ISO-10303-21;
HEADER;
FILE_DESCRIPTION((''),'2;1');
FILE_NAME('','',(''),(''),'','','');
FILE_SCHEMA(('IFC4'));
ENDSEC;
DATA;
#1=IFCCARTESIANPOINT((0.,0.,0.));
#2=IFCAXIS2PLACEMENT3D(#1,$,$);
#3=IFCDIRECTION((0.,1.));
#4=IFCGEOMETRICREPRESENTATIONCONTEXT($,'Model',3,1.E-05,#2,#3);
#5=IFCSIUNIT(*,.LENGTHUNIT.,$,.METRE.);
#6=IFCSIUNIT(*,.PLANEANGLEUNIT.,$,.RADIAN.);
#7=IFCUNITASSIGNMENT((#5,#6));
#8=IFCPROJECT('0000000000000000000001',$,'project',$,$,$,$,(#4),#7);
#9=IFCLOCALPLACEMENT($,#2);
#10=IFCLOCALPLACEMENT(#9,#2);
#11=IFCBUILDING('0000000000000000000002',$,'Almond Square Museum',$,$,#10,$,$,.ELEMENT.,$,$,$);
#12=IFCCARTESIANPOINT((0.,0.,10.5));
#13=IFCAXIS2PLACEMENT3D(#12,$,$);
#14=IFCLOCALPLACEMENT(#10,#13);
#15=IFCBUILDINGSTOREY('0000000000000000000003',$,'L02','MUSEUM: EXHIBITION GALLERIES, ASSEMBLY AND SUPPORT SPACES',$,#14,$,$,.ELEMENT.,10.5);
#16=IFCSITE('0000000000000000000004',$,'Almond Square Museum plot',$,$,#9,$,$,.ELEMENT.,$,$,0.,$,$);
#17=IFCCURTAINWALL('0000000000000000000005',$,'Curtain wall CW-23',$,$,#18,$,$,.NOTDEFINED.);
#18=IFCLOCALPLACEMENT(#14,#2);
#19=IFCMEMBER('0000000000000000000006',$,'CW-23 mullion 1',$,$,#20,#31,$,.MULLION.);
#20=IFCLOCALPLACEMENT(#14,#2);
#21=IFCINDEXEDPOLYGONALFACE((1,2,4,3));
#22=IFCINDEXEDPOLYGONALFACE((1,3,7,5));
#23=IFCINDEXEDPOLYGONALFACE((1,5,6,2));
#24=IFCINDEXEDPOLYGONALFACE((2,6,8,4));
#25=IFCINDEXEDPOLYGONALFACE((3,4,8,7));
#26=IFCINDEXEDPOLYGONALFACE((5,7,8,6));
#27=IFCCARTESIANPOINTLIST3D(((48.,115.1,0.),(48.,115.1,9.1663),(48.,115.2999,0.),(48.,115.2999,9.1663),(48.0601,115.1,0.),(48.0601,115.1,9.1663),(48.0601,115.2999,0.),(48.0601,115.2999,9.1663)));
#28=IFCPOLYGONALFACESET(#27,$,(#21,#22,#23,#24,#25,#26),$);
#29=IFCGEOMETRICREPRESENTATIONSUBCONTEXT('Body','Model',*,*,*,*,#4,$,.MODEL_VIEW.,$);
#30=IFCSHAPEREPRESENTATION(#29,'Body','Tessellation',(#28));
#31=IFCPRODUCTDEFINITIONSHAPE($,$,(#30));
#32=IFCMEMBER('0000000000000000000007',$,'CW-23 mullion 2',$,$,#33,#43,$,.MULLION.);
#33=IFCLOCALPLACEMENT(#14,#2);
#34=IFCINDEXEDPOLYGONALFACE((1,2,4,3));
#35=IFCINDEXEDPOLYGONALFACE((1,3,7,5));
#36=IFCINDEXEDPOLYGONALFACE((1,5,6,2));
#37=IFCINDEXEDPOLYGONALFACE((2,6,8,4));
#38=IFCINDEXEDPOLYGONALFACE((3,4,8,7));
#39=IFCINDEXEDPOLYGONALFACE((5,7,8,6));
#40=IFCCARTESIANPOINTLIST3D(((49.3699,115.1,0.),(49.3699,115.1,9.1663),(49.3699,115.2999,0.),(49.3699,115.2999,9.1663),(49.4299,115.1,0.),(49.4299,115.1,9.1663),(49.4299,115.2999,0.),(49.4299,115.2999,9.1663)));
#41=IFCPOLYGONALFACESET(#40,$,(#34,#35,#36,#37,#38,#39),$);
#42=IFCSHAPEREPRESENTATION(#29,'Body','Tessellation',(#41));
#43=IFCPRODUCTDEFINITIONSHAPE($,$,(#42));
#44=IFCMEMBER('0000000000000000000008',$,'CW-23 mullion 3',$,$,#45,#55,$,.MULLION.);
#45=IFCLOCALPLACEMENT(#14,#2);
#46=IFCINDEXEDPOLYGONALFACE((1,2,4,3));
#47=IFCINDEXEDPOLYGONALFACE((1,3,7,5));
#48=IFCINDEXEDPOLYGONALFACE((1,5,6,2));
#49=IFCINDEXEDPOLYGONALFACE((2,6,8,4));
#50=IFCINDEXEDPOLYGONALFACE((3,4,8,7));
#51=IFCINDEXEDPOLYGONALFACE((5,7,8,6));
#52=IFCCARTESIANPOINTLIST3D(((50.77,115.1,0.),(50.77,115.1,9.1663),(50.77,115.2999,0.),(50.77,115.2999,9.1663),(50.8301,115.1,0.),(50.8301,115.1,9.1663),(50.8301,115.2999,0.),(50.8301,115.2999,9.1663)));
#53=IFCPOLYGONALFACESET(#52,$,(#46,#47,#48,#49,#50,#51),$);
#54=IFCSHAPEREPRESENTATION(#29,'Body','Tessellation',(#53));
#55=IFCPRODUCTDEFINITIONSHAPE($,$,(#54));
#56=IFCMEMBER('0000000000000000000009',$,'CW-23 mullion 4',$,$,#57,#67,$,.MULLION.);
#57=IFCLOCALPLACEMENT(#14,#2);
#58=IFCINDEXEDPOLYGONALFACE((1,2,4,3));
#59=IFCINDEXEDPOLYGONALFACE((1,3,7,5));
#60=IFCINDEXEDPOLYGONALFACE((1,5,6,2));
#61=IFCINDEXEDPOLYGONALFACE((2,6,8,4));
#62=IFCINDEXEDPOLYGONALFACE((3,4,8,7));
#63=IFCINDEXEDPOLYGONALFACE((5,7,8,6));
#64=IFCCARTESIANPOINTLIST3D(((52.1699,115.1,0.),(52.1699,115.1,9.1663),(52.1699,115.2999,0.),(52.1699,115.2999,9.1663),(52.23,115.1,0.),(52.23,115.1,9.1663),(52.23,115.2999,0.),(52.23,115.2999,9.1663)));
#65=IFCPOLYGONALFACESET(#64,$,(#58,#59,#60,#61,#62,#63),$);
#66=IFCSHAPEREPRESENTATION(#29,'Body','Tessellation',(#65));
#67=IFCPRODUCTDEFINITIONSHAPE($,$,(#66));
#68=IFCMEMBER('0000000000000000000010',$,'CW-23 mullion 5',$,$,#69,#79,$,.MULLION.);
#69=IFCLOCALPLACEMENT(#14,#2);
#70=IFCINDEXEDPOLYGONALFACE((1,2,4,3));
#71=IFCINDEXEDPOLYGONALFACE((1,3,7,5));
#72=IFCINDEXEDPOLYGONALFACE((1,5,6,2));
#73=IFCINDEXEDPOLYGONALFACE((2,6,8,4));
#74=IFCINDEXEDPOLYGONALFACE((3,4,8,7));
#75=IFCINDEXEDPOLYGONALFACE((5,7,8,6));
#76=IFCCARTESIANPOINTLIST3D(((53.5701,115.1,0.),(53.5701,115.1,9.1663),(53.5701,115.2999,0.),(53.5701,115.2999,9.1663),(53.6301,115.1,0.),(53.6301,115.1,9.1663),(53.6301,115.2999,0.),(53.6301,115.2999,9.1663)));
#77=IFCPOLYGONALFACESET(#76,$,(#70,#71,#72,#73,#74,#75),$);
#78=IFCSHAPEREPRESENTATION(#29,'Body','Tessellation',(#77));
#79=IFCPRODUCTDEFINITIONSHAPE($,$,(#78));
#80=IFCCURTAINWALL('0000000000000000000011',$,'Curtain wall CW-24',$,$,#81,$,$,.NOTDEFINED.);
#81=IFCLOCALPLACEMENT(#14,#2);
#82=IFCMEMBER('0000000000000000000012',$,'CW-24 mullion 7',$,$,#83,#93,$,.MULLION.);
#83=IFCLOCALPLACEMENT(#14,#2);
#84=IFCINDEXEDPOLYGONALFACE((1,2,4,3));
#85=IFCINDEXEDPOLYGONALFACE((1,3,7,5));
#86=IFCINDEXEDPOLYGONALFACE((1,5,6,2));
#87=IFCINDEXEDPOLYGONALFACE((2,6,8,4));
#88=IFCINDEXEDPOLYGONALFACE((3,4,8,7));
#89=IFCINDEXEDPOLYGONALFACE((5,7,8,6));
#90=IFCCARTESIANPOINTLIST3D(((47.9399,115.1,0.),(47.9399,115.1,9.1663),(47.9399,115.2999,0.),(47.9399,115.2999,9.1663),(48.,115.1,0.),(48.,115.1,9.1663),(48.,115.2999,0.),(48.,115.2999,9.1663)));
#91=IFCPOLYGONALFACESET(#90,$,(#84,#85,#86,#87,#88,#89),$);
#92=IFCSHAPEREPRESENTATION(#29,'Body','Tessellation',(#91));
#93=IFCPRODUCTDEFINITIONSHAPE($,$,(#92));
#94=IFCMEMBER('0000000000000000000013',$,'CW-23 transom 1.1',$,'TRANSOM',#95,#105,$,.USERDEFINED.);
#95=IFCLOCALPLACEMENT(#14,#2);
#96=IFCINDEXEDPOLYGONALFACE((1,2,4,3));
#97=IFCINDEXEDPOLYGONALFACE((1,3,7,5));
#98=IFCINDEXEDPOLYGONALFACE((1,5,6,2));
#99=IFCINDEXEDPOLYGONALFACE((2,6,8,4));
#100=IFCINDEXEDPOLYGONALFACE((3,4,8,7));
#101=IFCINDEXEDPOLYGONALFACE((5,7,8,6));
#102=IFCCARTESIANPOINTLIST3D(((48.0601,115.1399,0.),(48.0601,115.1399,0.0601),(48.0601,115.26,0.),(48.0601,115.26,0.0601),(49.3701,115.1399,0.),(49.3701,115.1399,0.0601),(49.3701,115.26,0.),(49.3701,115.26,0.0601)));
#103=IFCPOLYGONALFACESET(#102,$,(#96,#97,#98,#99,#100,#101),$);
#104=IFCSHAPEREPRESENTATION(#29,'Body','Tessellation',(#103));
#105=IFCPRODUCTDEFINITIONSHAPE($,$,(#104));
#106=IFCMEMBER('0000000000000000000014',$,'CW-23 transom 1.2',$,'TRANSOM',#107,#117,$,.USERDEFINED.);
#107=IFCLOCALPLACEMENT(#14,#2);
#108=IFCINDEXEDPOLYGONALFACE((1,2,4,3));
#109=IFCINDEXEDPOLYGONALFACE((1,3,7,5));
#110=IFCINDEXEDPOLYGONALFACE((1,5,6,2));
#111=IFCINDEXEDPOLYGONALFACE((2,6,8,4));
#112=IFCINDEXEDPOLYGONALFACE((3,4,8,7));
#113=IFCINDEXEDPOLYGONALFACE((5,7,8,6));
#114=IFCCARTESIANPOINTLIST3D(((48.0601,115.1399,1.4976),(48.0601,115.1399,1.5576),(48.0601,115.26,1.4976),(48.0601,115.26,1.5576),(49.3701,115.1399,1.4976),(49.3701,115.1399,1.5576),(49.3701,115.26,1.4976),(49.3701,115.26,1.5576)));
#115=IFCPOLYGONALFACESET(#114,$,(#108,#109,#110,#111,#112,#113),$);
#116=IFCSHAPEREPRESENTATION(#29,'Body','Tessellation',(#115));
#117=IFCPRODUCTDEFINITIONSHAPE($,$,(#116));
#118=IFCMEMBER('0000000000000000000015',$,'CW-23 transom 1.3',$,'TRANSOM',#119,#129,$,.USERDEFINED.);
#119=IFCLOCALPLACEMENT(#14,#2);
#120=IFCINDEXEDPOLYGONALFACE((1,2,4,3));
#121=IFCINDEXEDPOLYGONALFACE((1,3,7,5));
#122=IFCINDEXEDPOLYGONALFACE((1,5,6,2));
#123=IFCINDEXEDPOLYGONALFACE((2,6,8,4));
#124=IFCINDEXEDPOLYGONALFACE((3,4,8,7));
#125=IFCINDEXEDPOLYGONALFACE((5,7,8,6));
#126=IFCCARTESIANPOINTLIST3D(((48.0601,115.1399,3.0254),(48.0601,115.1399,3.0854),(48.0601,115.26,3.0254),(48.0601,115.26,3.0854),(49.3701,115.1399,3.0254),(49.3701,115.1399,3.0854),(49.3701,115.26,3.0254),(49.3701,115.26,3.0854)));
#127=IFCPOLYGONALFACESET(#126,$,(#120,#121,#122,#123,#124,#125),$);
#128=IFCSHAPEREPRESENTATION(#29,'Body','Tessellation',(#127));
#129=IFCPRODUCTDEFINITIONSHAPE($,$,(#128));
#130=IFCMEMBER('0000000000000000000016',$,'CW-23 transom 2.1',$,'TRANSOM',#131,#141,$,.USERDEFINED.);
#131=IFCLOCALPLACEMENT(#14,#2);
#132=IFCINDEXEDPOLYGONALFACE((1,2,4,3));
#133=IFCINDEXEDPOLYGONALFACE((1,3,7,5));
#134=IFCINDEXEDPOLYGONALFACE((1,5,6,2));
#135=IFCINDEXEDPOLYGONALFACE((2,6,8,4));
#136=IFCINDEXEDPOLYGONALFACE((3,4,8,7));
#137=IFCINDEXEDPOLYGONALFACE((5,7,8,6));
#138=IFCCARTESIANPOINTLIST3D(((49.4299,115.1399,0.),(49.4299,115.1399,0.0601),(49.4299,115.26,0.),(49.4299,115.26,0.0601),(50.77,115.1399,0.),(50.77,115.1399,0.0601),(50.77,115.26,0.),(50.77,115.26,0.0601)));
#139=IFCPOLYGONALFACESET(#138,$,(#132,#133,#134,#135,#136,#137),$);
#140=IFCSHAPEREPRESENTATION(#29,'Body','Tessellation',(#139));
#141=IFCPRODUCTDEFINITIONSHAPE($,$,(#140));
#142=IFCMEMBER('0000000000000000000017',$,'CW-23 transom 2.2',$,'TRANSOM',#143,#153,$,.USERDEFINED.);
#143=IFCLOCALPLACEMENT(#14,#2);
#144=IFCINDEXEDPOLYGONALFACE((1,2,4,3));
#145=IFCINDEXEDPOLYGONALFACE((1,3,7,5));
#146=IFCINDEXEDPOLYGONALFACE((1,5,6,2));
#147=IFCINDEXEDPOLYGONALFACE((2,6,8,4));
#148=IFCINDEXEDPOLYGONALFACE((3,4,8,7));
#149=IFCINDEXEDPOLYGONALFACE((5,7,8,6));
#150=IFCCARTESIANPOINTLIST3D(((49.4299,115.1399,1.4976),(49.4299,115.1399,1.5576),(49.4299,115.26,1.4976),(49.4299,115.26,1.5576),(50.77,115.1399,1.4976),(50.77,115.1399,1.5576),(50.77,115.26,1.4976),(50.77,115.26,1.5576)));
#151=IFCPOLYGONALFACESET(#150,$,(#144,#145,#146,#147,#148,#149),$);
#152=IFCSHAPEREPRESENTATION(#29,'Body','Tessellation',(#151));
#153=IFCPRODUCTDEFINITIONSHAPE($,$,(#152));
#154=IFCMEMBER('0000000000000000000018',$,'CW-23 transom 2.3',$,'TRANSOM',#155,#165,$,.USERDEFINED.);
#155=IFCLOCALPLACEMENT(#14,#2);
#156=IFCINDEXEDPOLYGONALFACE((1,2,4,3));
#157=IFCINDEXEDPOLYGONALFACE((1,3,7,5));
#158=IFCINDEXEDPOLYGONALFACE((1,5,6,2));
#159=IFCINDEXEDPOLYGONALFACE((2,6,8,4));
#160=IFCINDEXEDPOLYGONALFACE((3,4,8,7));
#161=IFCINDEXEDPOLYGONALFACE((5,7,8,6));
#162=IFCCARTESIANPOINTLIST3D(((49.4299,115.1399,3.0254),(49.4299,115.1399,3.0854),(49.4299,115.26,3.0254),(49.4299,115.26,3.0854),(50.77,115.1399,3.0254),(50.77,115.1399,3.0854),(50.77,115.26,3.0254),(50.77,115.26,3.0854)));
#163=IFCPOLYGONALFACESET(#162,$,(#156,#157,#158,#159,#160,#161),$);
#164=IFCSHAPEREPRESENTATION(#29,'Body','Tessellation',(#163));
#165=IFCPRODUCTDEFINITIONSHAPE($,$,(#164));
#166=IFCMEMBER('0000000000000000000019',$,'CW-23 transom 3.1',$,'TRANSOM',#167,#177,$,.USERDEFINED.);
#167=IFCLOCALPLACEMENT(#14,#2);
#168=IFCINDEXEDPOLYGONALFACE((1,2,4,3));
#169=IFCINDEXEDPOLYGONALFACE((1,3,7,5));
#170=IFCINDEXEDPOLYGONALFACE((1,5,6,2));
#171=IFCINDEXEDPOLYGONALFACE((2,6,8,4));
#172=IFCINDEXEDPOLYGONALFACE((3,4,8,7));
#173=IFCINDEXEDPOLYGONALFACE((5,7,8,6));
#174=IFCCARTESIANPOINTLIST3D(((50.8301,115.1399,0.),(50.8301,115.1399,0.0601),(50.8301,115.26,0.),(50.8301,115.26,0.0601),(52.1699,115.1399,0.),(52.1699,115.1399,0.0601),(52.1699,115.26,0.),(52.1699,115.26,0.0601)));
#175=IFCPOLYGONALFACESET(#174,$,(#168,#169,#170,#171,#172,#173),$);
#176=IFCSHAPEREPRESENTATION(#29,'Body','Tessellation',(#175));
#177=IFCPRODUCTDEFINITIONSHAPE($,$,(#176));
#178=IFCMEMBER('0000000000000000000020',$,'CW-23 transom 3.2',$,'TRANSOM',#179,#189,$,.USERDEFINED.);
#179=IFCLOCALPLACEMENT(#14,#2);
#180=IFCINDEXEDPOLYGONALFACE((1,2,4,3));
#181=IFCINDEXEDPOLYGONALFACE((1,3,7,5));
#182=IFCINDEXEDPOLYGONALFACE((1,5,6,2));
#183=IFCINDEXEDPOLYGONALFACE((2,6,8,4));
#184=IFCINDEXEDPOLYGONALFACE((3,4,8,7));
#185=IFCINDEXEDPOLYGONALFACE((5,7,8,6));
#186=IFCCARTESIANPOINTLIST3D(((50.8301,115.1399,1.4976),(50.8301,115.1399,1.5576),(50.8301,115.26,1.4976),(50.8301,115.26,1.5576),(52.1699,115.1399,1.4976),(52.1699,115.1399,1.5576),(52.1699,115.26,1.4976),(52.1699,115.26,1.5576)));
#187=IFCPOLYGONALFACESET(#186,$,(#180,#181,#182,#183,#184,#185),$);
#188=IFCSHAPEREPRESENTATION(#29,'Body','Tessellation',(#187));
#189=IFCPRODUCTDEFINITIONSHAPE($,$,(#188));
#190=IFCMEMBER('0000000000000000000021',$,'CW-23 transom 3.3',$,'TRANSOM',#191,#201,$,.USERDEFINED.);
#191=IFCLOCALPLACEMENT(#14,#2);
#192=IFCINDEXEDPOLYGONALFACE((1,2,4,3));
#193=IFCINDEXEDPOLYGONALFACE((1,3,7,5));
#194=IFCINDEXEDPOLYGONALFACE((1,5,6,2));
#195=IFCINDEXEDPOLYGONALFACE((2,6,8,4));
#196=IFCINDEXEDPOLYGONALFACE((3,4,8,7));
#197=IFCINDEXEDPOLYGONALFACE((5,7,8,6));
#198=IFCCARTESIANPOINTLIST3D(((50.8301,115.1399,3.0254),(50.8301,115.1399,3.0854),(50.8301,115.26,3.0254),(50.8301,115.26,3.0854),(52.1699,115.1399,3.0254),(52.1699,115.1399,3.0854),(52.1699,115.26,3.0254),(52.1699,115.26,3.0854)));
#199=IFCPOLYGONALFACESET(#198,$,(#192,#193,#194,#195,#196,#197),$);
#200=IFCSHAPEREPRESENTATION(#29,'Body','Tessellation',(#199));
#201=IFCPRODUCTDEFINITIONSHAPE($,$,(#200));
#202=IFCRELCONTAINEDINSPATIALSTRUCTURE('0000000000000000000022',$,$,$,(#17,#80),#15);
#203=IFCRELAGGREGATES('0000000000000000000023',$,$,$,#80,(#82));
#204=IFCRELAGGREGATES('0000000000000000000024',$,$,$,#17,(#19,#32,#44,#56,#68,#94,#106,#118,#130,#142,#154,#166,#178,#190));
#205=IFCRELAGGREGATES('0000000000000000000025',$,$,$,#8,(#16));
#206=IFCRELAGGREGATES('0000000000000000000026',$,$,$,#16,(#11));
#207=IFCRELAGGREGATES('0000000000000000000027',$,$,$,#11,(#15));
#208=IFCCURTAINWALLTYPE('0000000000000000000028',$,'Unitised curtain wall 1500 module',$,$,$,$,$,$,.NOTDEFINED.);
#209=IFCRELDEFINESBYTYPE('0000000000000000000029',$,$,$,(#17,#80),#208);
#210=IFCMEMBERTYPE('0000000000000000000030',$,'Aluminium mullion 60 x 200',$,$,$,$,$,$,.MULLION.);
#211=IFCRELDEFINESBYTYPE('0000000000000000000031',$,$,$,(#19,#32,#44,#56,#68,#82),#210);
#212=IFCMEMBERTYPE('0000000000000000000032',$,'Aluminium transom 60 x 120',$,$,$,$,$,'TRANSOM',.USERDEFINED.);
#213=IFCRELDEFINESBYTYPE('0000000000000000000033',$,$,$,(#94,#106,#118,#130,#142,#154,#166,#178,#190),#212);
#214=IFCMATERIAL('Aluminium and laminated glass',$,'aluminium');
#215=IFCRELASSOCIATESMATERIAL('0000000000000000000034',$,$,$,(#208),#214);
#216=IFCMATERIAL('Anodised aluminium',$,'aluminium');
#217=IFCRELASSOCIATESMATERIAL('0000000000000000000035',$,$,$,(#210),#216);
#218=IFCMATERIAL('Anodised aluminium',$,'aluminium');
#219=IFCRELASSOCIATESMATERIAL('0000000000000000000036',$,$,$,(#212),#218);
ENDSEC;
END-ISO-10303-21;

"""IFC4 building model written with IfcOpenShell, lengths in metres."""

from ifc_helpers import new_model, si_unit, direction, frame, origin, origin_2d, place, context, subcontext, project, spatial, rectangle, extrude, material, material_profile, profile_set, type_object, element, aggregate, save


model = new_model("IFC4")

# Units and contexts
model_context = context("Model", 3, precision=1e-05, world=origin(), true_north=direction((0.0, 1.0)))
body_context = subcontext(model_context, "Body", "Model", "MODEL_VIEW")
ifc_project = project(units=[si_unit("LENGTHUNIT", "METRE"), si_unit("PLANEANGLEUNIT", "RADIAN")], contexts=[model_context])

# Site, building, storey
site_placement = place(None, origin())
site = spatial("IfcSite", under=ifc_project, at=site_placement, Name="Almond Square Museum plot", CompositionType="ELEMENT", RefElevation=0.0)
building_placement = place(site_placement, origin())
building = spatial("IfcBuilding", under=site, at=building_placement, Name="Almond Square Museum", CompositionType="ELEMENT")
storey_placement = place(building_placement, frame((0.0, 0.0, 10.5)))
storey = spatial("IfcBuildingStorey", under=building, at=storey_placement, Name="L02", Description="MUSEUM: EXHIBITION GALLERIES, ASSEMBLY AND SUPPORT SPACES", CompositionType="ELEMENT", Elevation=10.5)

# Curtain wall, members
ifc_material_1 = material(Name="Aluminium and laminated glass", Category="aluminium")
curtain_wall_type = type_object("IfcCurtainWallType", Name="Unitised curtain wall 1500 module", PredefinedType="NOTDEFINED", material=ifc_material_1)
curtain_wall_1_placement = place(storey_placement, origin())
curtain_wall_1 = element("IfcCurtainWall", 1, at=curtain_wall_1_placement, inside=storey, type_object=curtain_wall_type, Name="Curtain wall CW-23", PredefinedType="NOTDEFINED")
ifc_material_2 = material(Name="Anodised aluminium", Category="aluminium")
ifc_material_profile_1 = material_profile(ifc_material_2, rectangle(XDim=0.2, YDim=0.0601, at=origin_2d()))
ifc_profile_set_1 = profile_set([ifc_material_profile_1], Name="Anodised aluminium")
member_type_1 = type_object("IfcMemberType", Name="Aluminium mullion 60 x 200", PredefinedType="MULLION", material=ifc_profile_set_1)
member_1_placement = place(storey_placement, frame((48.03, 115.2, 0.0), z_axis=(0.0, 0.0, 1.0), x_axis=(0.0, 1.0, 0.0)))
member_1 = element("IfcMember", 2, at=member_1_placement, type_object=member_type_1, Name="CW-23 mullion 1", PredefinedType="MULLION", context=body_context, shape_type="SweptSolid", body=[
    extrude(rectangle(XDim=0.2, YDim=0.0601, at=origin_2d()), origin(), (0.0, 0.0, 1.0), 9.1663),
])
member_2_placement = place(storey_placement, frame((49.3999, 115.2, 0.0), z_axis=(0.0, 0.0, 1.0), x_axis=(0.0, 1.0, 0.0)))
member_2 = element("IfcMember", 3, at=member_2_placement, type_object=member_type_1, Name="CW-23 mullion 2", PredefinedType="MULLION", context=body_context, shape_type="SweptSolid", body=[
    extrude(rectangle(XDim=0.2, YDim=0.0601, at=origin_2d()), origin(), (0.0, 0.0, 1.0), 9.1663),
])
member_3_placement = place(storey_placement, frame((50.8, 115.2, 0.0), z_axis=(0.0, 0.0, 1.0), x_axis=(0.0, 1.0, 0.0)))
member_3 = element("IfcMember", 4, at=member_3_placement, type_object=member_type_1, Name="CW-23 mullion 3", PredefinedType="MULLION", context=body_context, shape_type="SweptSolid", body=[
    extrude(rectangle(XDim=0.2, YDim=0.0601, at=origin_2d()), origin(), (0.0, 0.0, 1.0), 9.1663),
])
member_4_placement = place(storey_placement, frame((52.2, 115.2, 0.0), z_axis=(0.0, 0.0, 1.0), x_axis=(0.0, 1.0, 0.0)))
member_4 = element("IfcMember", 5, at=member_4_placement, type_object=member_type_1, Name="CW-23 mullion 4", PredefinedType="MULLION", context=body_context, shape_type="SweptSolid", body=[
    extrude(rectangle(XDim=0.2, YDim=0.0601, at=origin_2d()), origin(), (0.0, 0.0, 1.0), 9.1663),
])
member_5_placement = place(storey_placement, frame((53.6001, 115.2, 0.0), z_axis=(0.0, 0.0, 1.0), x_axis=(0.0, 1.0, 0.0)))
member_5 = element("IfcMember", 6, at=member_5_placement, type_object=member_type_1, Name="CW-23 mullion 5", PredefinedType="MULLION", context=body_context, shape_type="SweptSolid", body=[
    extrude(rectangle(XDim=0.2, YDim=0.0601, at=origin_2d()), origin(), (0.0, 0.0, 1.0), 9.1663),
])

# Curtain wall, member
curtain_wall_2_placement = place(storey_placement, origin())
curtain_wall_2 = element("IfcCurtainWall", 7, at=curtain_wall_2_placement, inside=storey, type_object=curtain_wall_type, Name="Curtain wall CW-24", PredefinedType="NOTDEFINED")
member_6_placement = place(storey_placement, frame((47.97, 115.2, 0.0), z_axis=(0.0, 0.0, 1.0), x_axis=(0.0, 1.0, 0.0)))
member_6 = element("IfcMember", 8, at=member_6_placement, type_object=member_type_1, Name="CW-24 mullion 7", PredefinedType="MULLION", context=body_context, shape_type="SweptSolid", body=[
    extrude(rectangle(XDim=0.2, YDim=0.0601, at=origin_2d()), origin(), (0.0, 0.0, 1.0), 9.1663),
])
aggregate(curtain_wall_2, [member_6])

# Members
ifc_material_3 = material(Name="Anodised aluminium", Category="aluminium")
ifc_material_profile_2 = material_profile(ifc_material_3, rectangle(XDim=0.1201, YDim=0.0601, at=origin_2d()))
ifc_profile_set_2 = profile_set([ifc_material_profile_2], Name="Anodised aluminium")
member_type_2 = type_object("IfcMemberType", Name="Aluminium transom 60 x 120", ElementType="TRANSOM", PredefinedType="USERDEFINED", material=ifc_profile_set_2)
member_7_placement = place(storey_placement, frame((48.0601, 115.2, 0.03), z_axis=(1.0, 0.0, 0.0), x_axis=(0.0, 1.0, 0.0)))
member_7 = element("IfcMember", 9, at=member_7_placement, type_object=member_type_2, Name="CW-23 transom 1.1", ObjectType="TRANSOM", PredefinedType="USERDEFINED", context=body_context, shape_type="SweptSolid", body=[
    extrude(rectangle(XDim=0.1201, YDim=0.0601, at=origin_2d()), origin(), (0.0, 0.0, 1.0), 1.3101),
])
member_8_placement = place(storey_placement, frame((48.0601, 115.2, 1.5276), z_axis=(1.0, 0.0, 0.0), x_axis=(0.0, 1.0, 0.0)))
member_8 = element("IfcMember", 10, at=member_8_placement, type_object=member_type_2, Name="CW-23 transom 1.2", ObjectType="TRANSOM", PredefinedType="USERDEFINED", context=body_context, shape_type="SweptSolid", body=[
    extrude(rectangle(XDim=0.1201, YDim=0.0601, at=origin_2d()), origin(), (0.0, 0.0, 1.0), 1.3101),
])
member_9_placement = place(storey_placement, frame((48.0601, 115.2, 3.0554), z_axis=(1.0, 0.0, 0.0), x_axis=(0.0, 1.0, 0.0)))
member_9 = element("IfcMember", 11, at=member_9_placement, type_object=member_type_2, Name="CW-23 transom 1.3", ObjectType="TRANSOM", PredefinedType="USERDEFINED", context=body_context, shape_type="SweptSolid", body=[
    extrude(rectangle(XDim=0.1201, YDim=0.0601, at=origin_2d()), origin(), (0.0, 0.0, 1.0), 1.3101),
])
member_10_placement = place(storey_placement, frame((49.4299, 115.2, 0.03), z_axis=(1.0, 0.0, 0.0), x_axis=(0.0, 1.0, 0.0)))
member_10 = element("IfcMember", 12, at=member_10_placement, type_object=member_type_2, Name="CW-23 transom 2.1", ObjectType="TRANSOM", PredefinedType="USERDEFINED", context=body_context, shape_type="SweptSolid", body=[
    extrude(rectangle(XDim=0.1201, YDim=0.0601, at=origin_2d()), origin(), (0.0, 0.0, 1.0), 1.3401),
])
member_11_placement = place(storey_placement, frame((49.4299, 115.2, 1.5276), z_axis=(1.0, 0.0, 0.0), x_axis=(0.0, 1.0, 0.0)))
member_11 = element("IfcMember", 13, at=member_11_placement, type_object=member_type_2, Name="CW-23 transom 2.2", ObjectType="TRANSOM", PredefinedType="USERDEFINED", context=body_context, shape_type="SweptSolid", body=[
    extrude(rectangle(XDim=0.1201, YDim=0.0601, at=origin_2d()), origin(), (0.0, 0.0, 1.0), 1.3401),
])
member_12_placement = place(storey_placement, frame((49.4299, 115.2, 3.0554), z_axis=(1.0, 0.0, 0.0), x_axis=(0.0, 1.0, 0.0)))
member_12 = element("IfcMember", 14, at=member_12_placement, type_object=member_type_2, Name="CW-23 transom 2.3", ObjectType="TRANSOM", PredefinedType="USERDEFINED", context=body_context, shape_type="SweptSolid", body=[
    extrude(rectangle(XDim=0.1201, YDim=0.0601, at=origin_2d()), origin(), (0.0, 0.0, 1.0), 1.3401),
])
member_13_placement = place(storey_placement, frame((50.8301, 115.2, 0.03), z_axis=(1.0, 0.0, 0.0), x_axis=(0.0, 1.0, 0.0)))
member_13 = element("IfcMember", 15, at=member_13_placement, type_object=member_type_2, Name="CW-23 transom 3.1", ObjectType="TRANSOM", PredefinedType="USERDEFINED", context=body_context, shape_type="SweptSolid", body=[
    extrude(rectangle(XDim=0.1201, YDim=0.0601, at=origin_2d()), origin(), (0.0, 0.0, 1.0), 1.3398),
])
member_14_placement = place(storey_placement, frame((50.8301, 115.2, 1.5276), z_axis=(1.0, 0.0, 0.0), x_axis=(0.0, 1.0, 0.0)))
member_14 = element("IfcMember", 16, at=member_14_placement, type_object=member_type_2, Name="CW-23 transom 3.2", ObjectType="TRANSOM", PredefinedType="USERDEFINED", context=body_context, shape_type="SweptSolid", body=[
    extrude(rectangle(XDim=0.1201, YDim=0.0601, at=origin_2d()), origin(), (0.0, 0.0, 1.0), 1.3398),
])
member_15_placement = place(storey_placement, frame((50.8301, 115.2, 3.0554), z_axis=(1.0, 0.0, 0.0), x_axis=(0.0, 1.0, 0.0)))
member_15 = element("IfcMember", 17, at=member_15_placement, type_object=member_type_2, Name="CW-23 transom 3.3", ObjectType="TRANSOM", PredefinedType="USERDEFINED", context=body_context, shape_type="SweptSolid", body=[
    extrude(rectangle(XDim=0.1201, YDim=0.0601, at=origin_2d()), origin(), (0.0, 0.0, 1.0), 1.3398),
])

aggregate(curtain_wall_1, [member_1, member_2, member_3, member_4, member_5, member_7, member_8, member_9, member_10, member_11, member_12, member_13, member_14, member_15])

save(model, "model.ifc")
